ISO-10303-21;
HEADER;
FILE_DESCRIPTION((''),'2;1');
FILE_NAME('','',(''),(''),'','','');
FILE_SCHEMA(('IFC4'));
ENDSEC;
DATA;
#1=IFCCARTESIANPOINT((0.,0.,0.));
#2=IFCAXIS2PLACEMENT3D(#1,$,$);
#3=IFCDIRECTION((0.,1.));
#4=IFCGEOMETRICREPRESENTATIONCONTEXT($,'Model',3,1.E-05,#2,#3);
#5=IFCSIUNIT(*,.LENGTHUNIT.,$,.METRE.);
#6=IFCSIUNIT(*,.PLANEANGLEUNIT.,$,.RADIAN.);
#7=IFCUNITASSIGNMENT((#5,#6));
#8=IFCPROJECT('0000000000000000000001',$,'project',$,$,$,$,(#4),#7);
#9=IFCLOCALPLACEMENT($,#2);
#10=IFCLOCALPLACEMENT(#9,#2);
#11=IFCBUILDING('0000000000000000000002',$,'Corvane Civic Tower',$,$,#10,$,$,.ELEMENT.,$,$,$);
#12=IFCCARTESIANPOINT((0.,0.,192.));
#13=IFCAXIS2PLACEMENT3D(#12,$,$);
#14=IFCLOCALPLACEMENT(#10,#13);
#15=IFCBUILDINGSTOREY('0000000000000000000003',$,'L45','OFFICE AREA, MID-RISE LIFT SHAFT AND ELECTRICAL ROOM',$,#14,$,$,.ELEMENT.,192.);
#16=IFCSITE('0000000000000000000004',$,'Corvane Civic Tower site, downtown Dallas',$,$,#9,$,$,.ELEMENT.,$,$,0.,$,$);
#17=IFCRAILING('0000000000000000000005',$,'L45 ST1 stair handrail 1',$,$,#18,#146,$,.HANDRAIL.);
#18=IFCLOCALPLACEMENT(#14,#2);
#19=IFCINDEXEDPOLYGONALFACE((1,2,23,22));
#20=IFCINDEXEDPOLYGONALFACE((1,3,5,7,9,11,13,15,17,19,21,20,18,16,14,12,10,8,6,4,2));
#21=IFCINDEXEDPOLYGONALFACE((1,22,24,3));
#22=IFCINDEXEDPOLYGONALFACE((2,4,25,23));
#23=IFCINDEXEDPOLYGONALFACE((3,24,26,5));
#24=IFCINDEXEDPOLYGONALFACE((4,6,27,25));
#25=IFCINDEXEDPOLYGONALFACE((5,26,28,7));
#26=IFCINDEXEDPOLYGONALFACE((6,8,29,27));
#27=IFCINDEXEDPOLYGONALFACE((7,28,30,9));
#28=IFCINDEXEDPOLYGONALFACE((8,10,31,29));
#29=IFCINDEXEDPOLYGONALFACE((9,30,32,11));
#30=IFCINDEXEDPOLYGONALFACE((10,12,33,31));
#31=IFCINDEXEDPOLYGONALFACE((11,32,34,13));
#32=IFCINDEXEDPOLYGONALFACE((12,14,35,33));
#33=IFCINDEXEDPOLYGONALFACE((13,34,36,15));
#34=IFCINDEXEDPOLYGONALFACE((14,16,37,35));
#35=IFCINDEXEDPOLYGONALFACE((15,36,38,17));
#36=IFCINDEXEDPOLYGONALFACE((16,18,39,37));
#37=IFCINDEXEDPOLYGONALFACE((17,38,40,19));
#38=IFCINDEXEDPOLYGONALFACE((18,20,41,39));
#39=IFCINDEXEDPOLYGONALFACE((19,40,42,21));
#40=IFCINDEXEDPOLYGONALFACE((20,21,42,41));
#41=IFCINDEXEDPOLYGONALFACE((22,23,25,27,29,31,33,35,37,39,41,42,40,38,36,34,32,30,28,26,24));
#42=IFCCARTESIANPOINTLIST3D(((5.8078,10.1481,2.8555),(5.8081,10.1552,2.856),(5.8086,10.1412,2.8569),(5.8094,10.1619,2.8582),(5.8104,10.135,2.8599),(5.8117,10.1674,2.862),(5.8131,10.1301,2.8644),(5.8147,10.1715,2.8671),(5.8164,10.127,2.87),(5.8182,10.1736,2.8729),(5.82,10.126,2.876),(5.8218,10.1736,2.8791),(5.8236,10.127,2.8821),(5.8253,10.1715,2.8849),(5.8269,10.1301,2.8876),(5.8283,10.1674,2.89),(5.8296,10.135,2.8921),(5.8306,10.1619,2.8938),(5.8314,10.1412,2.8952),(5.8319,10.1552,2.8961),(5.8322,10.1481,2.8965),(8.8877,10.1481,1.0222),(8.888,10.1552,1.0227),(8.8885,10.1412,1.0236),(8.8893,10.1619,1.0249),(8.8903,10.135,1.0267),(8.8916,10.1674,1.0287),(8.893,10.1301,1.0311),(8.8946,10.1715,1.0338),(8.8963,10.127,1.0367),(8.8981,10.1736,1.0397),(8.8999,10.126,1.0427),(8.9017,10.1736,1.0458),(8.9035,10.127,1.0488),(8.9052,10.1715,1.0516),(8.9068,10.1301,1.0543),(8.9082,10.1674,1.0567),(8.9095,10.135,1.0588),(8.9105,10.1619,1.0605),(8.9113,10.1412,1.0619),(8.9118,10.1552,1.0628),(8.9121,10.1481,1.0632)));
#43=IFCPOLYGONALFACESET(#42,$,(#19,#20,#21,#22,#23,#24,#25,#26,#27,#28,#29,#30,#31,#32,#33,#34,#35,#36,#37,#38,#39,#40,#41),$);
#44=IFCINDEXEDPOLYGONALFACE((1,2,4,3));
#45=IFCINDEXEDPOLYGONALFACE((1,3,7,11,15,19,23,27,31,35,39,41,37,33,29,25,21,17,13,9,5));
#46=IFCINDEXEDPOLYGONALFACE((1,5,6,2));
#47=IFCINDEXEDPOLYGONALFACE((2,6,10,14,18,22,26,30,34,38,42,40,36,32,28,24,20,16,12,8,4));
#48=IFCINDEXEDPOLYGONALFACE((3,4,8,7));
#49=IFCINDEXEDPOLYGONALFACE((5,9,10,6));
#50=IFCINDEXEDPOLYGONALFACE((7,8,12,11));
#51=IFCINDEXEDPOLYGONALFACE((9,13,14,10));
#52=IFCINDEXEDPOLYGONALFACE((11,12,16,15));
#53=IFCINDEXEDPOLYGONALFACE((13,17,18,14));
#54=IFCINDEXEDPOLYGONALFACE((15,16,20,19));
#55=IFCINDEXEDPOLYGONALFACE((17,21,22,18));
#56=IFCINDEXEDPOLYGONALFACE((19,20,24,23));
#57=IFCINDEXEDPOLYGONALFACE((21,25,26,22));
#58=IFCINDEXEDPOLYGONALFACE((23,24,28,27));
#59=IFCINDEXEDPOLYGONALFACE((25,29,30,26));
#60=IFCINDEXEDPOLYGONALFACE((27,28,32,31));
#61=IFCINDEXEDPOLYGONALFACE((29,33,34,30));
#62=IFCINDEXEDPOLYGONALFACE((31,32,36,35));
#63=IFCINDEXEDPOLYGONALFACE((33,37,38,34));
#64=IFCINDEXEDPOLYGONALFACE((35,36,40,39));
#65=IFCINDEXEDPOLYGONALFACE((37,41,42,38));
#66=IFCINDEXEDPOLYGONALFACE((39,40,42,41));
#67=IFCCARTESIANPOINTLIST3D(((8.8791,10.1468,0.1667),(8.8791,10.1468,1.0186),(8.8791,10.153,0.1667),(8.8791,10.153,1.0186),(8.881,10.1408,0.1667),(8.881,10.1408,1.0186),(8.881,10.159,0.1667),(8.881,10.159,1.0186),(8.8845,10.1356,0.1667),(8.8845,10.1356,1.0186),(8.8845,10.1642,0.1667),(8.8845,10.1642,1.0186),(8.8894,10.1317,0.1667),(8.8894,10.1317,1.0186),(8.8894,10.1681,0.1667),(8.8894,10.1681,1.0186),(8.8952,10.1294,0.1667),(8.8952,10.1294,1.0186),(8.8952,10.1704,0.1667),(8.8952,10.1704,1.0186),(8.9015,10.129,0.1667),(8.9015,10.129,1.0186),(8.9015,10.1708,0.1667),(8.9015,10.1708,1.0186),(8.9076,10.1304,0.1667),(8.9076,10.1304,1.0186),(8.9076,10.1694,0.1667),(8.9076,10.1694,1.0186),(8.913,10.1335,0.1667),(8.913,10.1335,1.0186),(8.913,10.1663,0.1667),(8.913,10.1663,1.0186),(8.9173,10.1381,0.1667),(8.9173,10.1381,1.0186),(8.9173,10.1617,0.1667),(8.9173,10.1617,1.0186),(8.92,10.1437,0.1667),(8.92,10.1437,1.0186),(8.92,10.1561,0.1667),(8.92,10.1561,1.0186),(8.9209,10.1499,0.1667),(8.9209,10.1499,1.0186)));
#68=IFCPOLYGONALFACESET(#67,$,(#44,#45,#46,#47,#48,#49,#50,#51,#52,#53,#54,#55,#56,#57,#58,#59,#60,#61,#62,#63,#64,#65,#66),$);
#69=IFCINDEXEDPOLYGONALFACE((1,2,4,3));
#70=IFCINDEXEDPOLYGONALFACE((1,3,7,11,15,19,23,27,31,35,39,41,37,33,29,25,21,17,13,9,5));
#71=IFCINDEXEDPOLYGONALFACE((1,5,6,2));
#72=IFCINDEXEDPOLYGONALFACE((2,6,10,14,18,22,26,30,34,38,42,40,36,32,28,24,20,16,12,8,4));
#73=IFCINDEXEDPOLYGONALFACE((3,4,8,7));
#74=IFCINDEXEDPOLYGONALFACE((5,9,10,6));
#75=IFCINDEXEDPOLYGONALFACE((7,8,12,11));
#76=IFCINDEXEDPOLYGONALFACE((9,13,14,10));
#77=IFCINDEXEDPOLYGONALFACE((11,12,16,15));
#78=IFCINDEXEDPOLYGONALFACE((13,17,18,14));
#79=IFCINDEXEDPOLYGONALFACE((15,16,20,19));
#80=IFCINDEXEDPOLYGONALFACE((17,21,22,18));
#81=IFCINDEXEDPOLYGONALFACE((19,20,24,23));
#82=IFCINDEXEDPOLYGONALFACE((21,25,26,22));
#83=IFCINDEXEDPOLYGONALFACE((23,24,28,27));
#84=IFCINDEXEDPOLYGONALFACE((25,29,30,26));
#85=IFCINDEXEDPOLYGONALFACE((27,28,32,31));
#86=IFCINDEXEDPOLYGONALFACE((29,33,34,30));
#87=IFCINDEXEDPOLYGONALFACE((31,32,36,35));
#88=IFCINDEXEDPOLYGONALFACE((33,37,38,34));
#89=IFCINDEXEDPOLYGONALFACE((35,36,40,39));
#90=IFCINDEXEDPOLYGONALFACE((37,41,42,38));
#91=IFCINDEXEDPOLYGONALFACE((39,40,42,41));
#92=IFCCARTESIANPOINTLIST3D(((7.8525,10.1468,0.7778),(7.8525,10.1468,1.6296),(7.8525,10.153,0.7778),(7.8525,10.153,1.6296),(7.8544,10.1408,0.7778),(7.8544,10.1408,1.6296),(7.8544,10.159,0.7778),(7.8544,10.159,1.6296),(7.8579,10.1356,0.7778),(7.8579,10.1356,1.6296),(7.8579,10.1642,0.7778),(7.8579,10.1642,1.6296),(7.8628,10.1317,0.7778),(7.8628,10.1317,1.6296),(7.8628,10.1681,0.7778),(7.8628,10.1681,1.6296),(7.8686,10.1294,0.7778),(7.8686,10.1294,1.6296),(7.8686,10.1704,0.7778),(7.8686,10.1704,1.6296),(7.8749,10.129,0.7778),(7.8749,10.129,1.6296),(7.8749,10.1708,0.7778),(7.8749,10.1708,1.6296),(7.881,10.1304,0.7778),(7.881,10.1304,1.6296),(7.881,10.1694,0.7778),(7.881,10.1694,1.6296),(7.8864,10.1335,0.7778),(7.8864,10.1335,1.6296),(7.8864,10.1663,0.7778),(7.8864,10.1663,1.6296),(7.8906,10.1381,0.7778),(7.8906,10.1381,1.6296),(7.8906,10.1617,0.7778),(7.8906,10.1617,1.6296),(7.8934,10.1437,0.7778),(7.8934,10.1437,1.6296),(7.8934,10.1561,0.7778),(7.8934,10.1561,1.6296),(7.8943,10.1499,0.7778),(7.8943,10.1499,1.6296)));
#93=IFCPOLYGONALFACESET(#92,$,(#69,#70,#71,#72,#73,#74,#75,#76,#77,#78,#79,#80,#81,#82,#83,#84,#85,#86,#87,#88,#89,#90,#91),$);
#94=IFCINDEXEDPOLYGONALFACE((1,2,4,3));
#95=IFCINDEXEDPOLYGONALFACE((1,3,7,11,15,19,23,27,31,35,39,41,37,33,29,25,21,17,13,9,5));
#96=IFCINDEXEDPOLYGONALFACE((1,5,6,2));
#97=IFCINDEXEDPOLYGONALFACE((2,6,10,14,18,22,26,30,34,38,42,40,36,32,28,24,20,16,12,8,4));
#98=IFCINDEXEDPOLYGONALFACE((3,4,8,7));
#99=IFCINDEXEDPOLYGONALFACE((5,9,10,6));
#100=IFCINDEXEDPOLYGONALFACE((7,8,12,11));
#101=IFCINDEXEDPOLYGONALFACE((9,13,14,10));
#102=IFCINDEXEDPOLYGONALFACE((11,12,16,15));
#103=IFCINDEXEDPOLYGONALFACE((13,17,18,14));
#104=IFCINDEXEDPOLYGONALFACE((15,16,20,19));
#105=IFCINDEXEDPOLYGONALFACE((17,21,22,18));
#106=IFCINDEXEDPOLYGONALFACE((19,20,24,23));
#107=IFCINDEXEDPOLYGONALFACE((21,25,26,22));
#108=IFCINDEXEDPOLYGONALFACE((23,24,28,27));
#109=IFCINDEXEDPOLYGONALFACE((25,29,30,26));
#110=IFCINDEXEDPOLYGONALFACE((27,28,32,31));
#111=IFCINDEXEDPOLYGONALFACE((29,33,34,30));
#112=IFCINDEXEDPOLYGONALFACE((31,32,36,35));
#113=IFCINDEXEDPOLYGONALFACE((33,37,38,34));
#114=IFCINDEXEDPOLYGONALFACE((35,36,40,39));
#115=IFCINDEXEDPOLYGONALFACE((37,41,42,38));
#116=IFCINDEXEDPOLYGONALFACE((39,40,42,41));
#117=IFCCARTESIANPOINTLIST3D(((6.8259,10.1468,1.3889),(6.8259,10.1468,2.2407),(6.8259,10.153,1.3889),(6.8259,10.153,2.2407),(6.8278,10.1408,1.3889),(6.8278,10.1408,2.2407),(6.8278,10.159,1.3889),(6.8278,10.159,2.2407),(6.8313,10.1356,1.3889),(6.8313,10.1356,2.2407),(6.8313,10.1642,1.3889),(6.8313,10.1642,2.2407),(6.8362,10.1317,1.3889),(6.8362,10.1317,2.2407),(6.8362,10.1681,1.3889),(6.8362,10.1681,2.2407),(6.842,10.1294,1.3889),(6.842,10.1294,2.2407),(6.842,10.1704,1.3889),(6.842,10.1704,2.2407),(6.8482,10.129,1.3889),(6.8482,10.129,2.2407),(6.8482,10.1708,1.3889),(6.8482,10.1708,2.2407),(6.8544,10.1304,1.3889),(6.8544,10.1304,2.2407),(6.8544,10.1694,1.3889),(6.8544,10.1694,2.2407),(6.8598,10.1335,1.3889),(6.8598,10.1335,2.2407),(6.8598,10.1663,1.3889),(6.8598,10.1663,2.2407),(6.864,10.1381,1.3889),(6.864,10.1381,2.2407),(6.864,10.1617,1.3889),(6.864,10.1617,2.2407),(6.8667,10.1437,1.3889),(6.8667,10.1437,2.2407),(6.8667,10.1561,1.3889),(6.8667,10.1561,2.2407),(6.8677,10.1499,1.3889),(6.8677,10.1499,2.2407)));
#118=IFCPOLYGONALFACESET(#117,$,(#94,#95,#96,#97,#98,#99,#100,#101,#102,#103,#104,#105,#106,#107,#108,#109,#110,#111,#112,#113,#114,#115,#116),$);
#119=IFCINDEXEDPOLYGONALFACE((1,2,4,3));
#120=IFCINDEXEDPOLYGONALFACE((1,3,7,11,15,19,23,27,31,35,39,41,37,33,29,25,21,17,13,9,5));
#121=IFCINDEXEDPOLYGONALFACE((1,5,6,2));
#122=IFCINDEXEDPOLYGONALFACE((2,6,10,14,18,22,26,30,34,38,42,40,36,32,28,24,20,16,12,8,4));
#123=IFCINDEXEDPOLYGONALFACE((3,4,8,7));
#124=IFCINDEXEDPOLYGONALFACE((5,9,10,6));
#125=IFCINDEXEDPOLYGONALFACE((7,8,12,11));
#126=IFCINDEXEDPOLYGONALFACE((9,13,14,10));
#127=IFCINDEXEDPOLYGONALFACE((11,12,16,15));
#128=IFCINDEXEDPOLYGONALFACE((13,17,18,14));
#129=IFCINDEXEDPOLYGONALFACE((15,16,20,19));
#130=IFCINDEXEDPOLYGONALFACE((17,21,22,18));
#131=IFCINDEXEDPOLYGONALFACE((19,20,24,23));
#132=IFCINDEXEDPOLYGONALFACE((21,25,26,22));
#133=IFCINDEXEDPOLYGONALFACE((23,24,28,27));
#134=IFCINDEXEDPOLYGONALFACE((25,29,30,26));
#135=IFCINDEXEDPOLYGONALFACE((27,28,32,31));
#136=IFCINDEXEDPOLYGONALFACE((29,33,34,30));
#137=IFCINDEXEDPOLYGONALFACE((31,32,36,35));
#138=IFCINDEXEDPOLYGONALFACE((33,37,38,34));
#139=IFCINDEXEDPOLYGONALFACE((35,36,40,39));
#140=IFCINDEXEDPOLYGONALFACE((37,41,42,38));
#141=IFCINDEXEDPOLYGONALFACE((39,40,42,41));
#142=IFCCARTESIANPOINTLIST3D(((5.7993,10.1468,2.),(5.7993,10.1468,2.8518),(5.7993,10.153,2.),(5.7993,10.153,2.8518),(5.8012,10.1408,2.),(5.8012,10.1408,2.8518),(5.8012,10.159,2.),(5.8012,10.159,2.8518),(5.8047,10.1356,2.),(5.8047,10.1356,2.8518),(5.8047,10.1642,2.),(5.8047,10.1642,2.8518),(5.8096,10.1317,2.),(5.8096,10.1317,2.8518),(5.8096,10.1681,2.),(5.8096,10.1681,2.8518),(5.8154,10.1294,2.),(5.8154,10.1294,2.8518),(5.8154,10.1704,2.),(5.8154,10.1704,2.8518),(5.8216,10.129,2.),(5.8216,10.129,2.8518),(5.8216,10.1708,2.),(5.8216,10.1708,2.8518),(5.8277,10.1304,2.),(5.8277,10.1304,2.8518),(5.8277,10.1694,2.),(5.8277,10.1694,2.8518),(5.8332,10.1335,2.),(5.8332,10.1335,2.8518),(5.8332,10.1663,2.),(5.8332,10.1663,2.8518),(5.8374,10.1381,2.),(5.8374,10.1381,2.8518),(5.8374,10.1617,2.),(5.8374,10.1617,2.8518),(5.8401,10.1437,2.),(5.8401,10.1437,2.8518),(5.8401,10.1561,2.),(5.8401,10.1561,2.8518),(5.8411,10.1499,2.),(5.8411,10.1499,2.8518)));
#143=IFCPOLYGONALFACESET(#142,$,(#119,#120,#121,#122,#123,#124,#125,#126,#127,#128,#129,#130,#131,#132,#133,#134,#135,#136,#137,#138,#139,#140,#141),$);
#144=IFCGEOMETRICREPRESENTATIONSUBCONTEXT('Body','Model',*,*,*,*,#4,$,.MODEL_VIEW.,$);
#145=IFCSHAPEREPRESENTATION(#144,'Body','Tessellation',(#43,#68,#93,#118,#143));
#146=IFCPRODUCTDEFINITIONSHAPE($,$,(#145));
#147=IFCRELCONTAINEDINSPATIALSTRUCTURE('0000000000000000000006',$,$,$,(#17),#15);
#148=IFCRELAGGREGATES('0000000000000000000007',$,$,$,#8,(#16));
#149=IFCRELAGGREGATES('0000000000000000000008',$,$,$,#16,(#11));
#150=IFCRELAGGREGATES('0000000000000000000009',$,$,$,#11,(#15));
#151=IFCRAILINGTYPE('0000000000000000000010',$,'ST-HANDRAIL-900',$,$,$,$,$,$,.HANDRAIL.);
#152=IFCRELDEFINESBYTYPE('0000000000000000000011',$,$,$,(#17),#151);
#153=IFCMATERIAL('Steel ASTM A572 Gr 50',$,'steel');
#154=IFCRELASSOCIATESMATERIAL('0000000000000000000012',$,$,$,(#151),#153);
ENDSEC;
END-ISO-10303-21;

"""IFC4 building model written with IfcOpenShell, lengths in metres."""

from ifc_helpers import new_model, si_unit, direction, frame, origin, origin_2d, place, context, subcontext, project, spatial, circle, extrude, material, type_object, element, save


model = new_model("IFC4")

# Units and contexts
model_context = context("Model", 3, precision=1e-05, world=origin(), true_north=direction((0.0, 1.0)))
body_context = subcontext(model_context, "Body", "Model", "MODEL_VIEW")
ifc_project = project(units=[si_unit("LENGTHUNIT", "METRE"), si_unit("PLANEANGLEUNIT", "RADIAN")], contexts=[model_context])

# Site, building, storey
site_placement = place(None, origin())
site = spatial("IfcSite", under=ifc_project, at=site_placement, Name="Corvane Civic Tower site, downtown Dallas", CompositionType="ELEMENT", RefElevation=0.0)
building_placement = place(site_placement, origin())
building = spatial("IfcBuilding", under=site, at=building_placement, Name="Corvane Civic Tower", CompositionType="ELEMENT")
storey_placement = place(building_placement, frame((0.0, 0.0, 192.0)))
storey = spatial("IfcBuildingStorey", under=building, at=storey_placement, Name="L45", Description="OFFICE AREA, MID-RISE LIFT SHAFT AND ELECTRICAL ROOM", CompositionType="ELEMENT", Elevation=192.0)

# Railing
ifc_material_1 = material(Name="Steel ASTM A572 Gr 50", Category="steel")
railing_type_1 = type_object("IfcRailingType", Name="ST-HANDRAIL-900", PredefinedType="HANDRAIL", material=ifc_material_1)
railing_1_placement = place(storey_placement, frame((8.8999, 10.1499, 0.1667)))
element("IfcRailing", 1, at=railing_1_placement, inside=storey, type_object=railing_type_1, Name="L45 ST1 stair handrail 1", PredefinedType="HANDRAIL", context=body_context, shape_type="SweptSolid", body=[
    extrude(circle(Radius=0.0239, at=origin_2d()), frame((0.0, 0.0, 0.876), z_axis=(-0.859291, 0.0, 0.511487), x_axis=(0.0, -1.0, 0.0)), (0.0, 0.0, 1.0), 3.5842),
    extrude(circle(Radius=0.021, at=origin_2d()), origin(), (0.0, 0.0, 1.0), 0.8518),
    extrude(circle(Radius=0.021, at=origin_2d()), frame((-1.0266, 0.0, 0.6111)), (0.0, 0.0, 1.0), 0.8518),
    extrude(circle(Radius=0.021, at=origin_2d()), frame((-2.0532, 0.0, 1.2222)), (0.0, 0.0, 1.0), 0.8518),
    extrude(circle(Radius=0.021, at=origin_2d()), frame((-3.0798, 0.0, 1.8333)), (0.0, 0.0, 1.0), 0.8518),
])

save(model, "model.ifc")
